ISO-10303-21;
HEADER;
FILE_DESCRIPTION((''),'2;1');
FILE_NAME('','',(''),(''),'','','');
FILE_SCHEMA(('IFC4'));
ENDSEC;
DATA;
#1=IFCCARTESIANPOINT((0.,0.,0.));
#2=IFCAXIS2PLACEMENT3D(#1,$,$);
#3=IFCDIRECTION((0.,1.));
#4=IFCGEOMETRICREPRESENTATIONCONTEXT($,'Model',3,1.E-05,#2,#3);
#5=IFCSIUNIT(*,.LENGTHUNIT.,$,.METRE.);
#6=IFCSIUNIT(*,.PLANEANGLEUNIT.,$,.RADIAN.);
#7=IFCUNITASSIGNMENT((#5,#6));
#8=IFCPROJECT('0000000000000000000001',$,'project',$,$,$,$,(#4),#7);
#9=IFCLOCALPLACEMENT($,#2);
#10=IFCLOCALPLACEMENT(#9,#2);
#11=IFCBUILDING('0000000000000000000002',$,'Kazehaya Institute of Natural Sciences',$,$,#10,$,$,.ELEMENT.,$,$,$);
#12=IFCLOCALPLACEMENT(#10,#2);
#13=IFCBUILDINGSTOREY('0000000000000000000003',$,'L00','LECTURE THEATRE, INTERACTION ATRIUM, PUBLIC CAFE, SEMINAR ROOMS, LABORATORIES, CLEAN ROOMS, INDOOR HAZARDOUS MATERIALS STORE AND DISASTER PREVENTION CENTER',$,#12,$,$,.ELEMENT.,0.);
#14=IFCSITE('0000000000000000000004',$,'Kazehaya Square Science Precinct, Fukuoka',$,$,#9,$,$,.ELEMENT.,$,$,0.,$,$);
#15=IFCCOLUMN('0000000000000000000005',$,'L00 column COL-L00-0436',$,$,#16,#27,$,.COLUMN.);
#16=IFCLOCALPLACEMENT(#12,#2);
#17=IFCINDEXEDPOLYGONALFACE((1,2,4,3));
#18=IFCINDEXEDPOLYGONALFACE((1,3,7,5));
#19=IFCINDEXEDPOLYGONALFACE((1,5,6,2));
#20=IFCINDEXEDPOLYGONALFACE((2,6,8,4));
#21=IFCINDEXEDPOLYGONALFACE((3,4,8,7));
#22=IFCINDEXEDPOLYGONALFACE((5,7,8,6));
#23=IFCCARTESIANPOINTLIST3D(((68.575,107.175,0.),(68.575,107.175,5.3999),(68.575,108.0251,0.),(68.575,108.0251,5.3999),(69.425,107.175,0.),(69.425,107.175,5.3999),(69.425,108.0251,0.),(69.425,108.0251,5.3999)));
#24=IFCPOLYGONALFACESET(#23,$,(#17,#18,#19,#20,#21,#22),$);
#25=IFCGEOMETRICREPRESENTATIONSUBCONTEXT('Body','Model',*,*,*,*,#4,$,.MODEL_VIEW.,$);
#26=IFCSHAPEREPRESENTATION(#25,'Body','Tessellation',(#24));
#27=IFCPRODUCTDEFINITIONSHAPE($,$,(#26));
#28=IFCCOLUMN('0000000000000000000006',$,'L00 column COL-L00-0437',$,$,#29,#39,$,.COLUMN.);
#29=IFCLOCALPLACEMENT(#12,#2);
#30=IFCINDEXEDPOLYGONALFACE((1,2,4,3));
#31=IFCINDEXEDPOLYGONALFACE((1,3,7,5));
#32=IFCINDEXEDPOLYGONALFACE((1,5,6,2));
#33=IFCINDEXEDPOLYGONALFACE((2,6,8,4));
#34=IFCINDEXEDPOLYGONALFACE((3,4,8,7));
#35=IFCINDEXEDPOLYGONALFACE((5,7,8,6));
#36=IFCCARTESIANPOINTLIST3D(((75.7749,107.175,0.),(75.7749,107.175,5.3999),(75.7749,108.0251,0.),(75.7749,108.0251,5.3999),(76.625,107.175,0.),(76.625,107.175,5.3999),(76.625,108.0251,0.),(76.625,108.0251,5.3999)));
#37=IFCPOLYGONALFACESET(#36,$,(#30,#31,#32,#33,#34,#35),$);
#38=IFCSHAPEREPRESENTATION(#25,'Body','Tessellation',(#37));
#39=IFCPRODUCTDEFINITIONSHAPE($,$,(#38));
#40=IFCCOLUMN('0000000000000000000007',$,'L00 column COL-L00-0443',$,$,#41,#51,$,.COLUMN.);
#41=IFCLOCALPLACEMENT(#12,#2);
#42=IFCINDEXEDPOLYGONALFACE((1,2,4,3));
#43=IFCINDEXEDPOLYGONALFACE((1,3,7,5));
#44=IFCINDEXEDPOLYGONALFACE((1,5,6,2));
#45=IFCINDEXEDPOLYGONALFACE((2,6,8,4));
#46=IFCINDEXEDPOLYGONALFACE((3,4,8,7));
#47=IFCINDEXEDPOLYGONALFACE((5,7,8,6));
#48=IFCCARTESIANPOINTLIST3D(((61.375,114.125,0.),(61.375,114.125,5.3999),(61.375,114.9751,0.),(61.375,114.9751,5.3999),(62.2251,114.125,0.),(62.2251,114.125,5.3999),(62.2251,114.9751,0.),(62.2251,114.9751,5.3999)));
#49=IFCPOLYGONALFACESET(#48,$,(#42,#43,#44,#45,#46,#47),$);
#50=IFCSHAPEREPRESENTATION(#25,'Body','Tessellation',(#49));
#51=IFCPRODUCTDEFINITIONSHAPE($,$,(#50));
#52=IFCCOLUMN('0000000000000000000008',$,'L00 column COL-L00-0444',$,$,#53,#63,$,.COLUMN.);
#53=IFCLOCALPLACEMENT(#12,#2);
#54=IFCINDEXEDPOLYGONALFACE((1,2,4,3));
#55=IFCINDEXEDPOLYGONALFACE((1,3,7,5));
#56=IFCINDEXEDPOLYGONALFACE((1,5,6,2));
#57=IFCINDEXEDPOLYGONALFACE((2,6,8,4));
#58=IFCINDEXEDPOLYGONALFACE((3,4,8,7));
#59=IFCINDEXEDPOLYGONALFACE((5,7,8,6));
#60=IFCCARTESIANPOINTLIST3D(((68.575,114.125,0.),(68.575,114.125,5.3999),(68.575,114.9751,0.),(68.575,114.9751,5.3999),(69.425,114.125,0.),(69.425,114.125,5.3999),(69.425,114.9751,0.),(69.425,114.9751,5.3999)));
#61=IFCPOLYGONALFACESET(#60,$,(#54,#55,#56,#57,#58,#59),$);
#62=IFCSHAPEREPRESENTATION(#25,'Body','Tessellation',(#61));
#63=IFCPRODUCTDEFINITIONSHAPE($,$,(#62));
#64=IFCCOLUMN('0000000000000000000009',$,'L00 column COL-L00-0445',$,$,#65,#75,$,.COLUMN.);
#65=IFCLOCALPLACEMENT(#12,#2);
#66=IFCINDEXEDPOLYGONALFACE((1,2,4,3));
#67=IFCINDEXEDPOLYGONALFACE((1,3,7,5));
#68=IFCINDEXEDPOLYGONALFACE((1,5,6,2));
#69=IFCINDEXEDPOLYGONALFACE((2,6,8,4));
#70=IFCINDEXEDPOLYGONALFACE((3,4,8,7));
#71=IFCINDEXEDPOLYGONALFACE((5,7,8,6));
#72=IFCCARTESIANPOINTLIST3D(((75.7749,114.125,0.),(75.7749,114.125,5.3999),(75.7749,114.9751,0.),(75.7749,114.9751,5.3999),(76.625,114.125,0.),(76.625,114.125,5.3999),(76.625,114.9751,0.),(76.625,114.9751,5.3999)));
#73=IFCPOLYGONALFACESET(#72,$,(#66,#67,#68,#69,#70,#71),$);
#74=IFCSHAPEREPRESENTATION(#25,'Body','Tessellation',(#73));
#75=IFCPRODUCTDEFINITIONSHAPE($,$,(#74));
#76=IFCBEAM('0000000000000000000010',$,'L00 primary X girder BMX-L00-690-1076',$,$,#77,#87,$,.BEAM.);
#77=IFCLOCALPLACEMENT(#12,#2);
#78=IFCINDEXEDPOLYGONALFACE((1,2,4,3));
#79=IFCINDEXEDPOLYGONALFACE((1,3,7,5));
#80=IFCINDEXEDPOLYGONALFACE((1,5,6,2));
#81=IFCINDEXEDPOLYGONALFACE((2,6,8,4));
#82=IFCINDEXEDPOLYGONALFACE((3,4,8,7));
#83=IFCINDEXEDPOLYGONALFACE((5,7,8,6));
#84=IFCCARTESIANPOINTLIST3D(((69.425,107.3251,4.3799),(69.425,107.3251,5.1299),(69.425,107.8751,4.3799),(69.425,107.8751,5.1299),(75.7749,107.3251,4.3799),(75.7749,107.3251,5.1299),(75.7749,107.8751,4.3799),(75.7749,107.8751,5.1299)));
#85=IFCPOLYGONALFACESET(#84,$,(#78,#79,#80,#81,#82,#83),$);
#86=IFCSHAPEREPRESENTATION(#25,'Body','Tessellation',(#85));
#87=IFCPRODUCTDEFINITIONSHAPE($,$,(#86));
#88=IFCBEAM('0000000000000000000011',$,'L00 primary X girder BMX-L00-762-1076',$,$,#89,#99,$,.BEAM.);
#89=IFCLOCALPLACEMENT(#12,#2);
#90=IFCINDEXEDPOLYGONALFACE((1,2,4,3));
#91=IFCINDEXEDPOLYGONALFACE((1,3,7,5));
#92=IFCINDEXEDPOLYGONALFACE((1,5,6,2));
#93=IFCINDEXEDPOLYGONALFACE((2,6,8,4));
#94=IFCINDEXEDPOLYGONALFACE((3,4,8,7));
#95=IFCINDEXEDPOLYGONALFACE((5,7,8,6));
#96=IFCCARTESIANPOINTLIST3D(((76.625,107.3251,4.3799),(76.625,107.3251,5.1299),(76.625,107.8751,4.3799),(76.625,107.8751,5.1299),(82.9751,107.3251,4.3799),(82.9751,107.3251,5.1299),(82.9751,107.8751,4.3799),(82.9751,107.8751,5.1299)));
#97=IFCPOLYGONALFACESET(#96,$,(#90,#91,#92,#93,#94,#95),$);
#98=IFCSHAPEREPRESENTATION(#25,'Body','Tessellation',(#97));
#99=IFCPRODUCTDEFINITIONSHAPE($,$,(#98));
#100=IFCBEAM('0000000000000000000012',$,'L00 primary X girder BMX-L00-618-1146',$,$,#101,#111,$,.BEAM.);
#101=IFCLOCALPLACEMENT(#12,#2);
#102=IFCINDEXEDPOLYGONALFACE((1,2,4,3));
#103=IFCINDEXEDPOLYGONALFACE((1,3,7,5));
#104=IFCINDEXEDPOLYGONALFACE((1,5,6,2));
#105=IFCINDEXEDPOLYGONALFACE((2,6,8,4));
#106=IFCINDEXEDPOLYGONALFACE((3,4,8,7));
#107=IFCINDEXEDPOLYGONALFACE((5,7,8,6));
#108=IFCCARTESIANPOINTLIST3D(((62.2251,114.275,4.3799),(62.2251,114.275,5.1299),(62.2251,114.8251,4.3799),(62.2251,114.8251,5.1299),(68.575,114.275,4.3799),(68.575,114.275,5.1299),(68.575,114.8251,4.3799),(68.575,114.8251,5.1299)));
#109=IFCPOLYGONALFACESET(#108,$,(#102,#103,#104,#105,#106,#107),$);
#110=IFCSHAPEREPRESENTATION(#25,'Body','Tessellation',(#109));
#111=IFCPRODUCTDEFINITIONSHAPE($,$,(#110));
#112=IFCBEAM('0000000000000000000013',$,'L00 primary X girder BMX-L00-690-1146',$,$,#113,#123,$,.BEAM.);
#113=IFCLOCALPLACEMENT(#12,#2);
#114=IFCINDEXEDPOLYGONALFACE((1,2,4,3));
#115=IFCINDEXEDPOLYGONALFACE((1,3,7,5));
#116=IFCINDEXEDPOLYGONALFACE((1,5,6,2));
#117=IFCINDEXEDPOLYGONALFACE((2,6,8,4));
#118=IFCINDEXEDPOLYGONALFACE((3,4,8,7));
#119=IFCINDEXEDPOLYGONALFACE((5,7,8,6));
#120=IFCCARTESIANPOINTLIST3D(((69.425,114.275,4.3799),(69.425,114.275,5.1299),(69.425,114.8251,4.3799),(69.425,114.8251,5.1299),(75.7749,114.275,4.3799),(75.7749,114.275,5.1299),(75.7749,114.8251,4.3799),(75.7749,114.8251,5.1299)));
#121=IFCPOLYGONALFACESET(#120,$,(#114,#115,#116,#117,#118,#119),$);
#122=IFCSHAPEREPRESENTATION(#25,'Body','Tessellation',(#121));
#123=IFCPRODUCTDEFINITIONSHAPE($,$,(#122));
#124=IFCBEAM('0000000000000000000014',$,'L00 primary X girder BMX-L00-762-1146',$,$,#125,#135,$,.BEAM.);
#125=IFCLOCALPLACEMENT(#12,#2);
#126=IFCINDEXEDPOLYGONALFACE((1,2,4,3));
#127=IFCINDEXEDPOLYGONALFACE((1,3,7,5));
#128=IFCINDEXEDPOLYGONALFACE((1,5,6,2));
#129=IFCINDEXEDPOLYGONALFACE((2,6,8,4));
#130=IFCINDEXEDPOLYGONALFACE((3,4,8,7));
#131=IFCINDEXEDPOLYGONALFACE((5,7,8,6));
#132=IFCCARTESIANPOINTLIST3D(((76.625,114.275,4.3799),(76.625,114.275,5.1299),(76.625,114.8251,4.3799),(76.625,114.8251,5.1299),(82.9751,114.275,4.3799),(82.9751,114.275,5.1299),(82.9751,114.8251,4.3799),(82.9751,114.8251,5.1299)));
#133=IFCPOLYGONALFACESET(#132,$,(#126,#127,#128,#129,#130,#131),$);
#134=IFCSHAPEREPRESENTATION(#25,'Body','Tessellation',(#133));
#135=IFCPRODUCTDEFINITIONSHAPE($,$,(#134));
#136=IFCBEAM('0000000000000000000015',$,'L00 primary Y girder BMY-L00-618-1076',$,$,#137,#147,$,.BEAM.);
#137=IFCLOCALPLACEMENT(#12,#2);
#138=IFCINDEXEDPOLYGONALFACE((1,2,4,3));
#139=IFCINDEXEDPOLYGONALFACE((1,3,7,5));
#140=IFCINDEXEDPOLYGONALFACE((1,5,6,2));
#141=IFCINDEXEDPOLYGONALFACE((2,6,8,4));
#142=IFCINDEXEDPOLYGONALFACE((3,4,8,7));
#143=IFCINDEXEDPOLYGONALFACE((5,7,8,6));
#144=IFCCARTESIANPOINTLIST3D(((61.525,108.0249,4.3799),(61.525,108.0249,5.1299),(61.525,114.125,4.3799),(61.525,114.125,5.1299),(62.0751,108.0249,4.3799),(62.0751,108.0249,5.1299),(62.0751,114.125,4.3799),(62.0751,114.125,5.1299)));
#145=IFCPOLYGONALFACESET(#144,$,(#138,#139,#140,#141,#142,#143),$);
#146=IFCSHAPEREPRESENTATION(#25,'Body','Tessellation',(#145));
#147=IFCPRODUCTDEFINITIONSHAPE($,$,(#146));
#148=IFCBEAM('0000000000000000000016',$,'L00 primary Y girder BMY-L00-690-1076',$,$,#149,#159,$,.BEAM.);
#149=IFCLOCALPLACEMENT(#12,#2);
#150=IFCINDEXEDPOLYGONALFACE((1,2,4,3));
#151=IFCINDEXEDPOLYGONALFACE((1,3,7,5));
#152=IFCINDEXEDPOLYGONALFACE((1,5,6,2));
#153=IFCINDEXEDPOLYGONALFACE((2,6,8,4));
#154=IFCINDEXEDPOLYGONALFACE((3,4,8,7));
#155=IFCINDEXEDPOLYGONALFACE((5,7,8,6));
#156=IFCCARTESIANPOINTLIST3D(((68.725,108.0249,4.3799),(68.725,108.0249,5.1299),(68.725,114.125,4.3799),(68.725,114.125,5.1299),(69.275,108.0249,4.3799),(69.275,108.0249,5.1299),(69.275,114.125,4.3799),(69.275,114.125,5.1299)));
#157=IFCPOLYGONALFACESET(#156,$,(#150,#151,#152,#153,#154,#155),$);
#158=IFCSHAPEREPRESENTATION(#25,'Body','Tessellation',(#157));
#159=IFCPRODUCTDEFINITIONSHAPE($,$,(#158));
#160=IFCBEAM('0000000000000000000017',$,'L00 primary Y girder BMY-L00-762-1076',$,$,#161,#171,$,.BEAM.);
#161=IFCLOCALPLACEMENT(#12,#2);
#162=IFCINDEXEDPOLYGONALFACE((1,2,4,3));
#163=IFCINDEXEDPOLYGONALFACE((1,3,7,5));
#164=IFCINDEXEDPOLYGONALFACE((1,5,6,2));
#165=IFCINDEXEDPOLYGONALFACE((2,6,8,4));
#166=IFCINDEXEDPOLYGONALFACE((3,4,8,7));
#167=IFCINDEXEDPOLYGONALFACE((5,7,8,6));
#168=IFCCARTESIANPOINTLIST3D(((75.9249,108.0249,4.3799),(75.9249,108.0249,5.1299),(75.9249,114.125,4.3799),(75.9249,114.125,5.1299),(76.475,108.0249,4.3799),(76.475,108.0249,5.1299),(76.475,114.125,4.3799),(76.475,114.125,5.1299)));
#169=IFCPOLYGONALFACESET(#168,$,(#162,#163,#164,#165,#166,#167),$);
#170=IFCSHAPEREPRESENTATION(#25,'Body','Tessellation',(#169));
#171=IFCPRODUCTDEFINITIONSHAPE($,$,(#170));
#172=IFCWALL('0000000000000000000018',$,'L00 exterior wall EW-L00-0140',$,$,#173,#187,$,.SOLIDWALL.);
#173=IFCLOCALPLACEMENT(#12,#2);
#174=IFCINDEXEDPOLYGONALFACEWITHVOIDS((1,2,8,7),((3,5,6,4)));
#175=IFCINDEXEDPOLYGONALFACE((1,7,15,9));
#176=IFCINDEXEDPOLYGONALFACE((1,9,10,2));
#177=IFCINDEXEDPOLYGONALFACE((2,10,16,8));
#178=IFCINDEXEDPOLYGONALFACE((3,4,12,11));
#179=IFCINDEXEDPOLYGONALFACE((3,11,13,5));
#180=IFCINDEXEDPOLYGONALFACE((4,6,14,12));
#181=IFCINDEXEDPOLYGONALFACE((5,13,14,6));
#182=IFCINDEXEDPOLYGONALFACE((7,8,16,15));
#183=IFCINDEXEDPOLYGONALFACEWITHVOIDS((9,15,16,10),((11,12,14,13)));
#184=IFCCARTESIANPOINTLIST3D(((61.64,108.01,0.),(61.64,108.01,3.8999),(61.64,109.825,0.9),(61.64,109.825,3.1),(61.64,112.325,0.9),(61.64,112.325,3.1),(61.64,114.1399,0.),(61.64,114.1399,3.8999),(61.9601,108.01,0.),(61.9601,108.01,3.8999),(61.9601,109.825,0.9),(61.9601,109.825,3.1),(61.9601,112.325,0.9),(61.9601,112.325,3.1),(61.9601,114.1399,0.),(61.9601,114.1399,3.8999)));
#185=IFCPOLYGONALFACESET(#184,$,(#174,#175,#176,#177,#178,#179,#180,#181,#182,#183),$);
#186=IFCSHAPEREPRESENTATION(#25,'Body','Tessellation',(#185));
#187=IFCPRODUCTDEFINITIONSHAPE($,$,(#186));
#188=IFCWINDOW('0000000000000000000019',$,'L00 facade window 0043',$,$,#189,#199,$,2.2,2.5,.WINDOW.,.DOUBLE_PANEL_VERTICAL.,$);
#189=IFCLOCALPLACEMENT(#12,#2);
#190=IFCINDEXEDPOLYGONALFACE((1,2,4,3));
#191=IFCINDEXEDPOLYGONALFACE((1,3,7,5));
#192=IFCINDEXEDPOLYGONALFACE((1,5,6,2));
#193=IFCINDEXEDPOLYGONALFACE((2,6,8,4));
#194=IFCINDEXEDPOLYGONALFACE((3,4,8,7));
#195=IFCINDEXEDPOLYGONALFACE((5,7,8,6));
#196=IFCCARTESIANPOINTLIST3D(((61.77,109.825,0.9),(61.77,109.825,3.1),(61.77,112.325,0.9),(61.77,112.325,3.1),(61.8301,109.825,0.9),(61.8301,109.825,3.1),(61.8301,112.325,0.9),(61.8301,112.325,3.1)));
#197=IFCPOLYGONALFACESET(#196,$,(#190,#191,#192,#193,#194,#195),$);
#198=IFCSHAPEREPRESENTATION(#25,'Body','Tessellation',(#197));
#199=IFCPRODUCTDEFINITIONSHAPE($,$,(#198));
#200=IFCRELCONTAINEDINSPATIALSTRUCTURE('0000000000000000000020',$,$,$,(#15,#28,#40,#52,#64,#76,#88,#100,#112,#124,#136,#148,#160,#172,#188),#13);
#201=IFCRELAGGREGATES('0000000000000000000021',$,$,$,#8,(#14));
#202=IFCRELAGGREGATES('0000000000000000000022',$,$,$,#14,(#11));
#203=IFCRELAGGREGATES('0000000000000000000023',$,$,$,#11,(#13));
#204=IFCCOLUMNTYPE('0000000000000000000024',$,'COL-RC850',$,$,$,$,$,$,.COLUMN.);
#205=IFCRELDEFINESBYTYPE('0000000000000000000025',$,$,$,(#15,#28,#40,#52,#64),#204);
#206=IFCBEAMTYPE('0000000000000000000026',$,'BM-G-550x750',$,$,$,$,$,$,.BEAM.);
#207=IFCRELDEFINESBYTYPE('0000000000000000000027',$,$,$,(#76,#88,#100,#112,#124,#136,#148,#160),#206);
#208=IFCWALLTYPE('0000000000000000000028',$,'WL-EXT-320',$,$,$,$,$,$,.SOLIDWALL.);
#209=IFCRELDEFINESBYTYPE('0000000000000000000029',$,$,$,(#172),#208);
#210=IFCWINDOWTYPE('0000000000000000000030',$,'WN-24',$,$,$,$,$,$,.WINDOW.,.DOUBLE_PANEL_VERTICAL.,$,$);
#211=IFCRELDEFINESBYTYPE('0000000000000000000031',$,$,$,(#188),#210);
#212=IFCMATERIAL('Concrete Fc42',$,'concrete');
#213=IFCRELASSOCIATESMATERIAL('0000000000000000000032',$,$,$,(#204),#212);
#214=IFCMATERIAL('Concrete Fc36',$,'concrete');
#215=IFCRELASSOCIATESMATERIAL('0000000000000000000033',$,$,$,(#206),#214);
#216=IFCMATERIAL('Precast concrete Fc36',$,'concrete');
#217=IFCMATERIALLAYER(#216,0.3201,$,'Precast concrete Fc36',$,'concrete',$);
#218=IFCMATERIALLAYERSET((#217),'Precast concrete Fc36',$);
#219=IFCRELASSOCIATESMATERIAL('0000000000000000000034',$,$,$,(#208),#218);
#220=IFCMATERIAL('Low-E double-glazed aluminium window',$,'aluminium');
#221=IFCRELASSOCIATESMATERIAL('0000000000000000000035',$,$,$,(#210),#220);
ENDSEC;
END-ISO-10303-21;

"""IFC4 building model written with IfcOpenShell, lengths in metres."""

from ifc_helpers import new_model, si_unit, direction, frame, frame_2d, origin, origin_2d, place, context, subcontext, project, spatial, rectangle, extrude, material, layer, layer_set, material_profile, profile_set, type_object, element, fill, save


model = new_model("IFC4")

# Units and contexts
model_context = context("Model", 3, precision=1e-05, world=origin(), true_north=direction((0.0, 1.0)))
body_context = subcontext(model_context, "Body", "Model", "MODEL_VIEW")
ifc_project = project(units=[si_unit("LENGTHUNIT", "METRE"), si_unit("PLANEANGLEUNIT", "RADIAN")], contexts=[model_context])

# Site, building, storey
site_placement = place(None, origin())
site = spatial("IfcSite", under=ifc_project, at=site_placement, Name="Kazehaya Square Science Precinct, Fukuoka", CompositionType="ELEMENT", RefElevation=0.0)
building_placement = place(site_placement, origin())
building = spatial("IfcBuilding", under=site, at=building_placement, Name="Kazehaya Institute of Natural Sciences", CompositionType="ELEMENT")
storey_placement = place(building_placement, origin())
storey = spatial("IfcBuildingStorey", under=building, at=storey_placement, Name="L00", Description="LECTURE THEATRE, INTERACTION ATRIUM, PUBLIC CAFE, SEMINAR ROOMS, LABORATORIES, CLEAN ROOMS, INDOOR HAZARDOUS MATERIALS STORE AND DISASTER PREVENTION CENTER", CompositionType="ELEMENT", Elevation=0.0)

# Columns
ifc_material_1 = material(Name="Concrete Fc42", Category="concrete")
ifc_material_profile_1 = material_profile(ifc_material_1, rectangle(XDim=0.8501, YDim=0.8501, at=origin_2d()), Name="RC-850x850")
ifc_profile_set_1 = profile_set([ifc_material_profile_1], Name="Concrete Fc42")
column_type = type_object("IfcColumnType", Name="COL-RC850", PredefinedType="COLUMN", material=ifc_profile_set_1)
for number, where, z_axis, x_axis, name in (
    (1, (69.0, 107.6001, 0.0), (0.0, 0.0, 1.0), (1.0, 0.0, 0.0), "L00 column COL-L00-0436"),
    (2, (76.2, 107.6001, 0.0), (0.0, 0.0, 1.0), (1.0, 0.0, 0.0), "L00 column COL-L00-0437"),
    (3, (61.8, 114.55, 0.0), (0.0, 0.0, 1.0), (1.0, 0.0, 0.0), "L00 column COL-L00-0443"),
    (4, (69.0, 114.55, 0.0), (0.0, 0.0, 1.0), (1.0, 0.0, 0.0), "L00 column COL-L00-0444"),
    (5, (76.2, 114.55, 0.0), (0.0, 0.0, 1.0), (1.0, 0.0, 0.0), "L00 column COL-L00-0445"),
):
    element("IfcColumn", number, at=place(storey_placement, frame(where, z_axis=z_axis, x_axis=x_axis)), inside=storey, type_object=column_type, Name=name, PredefinedType="COLUMN", context=body_context, shape_type="SweptSolid", body=[
        extrude(rectangle(XDim=0.8501, YDim=0.8501, at=origin_2d()), origin(), (0.0, 0.0, 1.0), 5.3999),
    ])

# Beams
ifc_material_2 = material(Name="Concrete Fc36", Category="concrete")
ifc_material_profile_2 = material_profile(ifc_material_2, rectangle(XDim=0.55, YDim=0.75, at=origin_2d()), Name="RC-550x750")
ifc_profile_set_2 = profile_set([ifc_material_profile_2], Name="Concrete Fc36")
beam_type = type_object("IfcBeamType", Name="BM-G-550x750", PredefinedType="BEAM", material=ifc_profile_set_2)
beam_1_placement = place(storey_placement, frame((69.425, 107.6001, 4.7549), z_axis=(1.0, 0.0, 0.0), x_axis=(0.0, 1.0, 0.0)))
element("IfcBeam", 6, at=beam_1_placement, inside=storey, type_object=beam_type, Name="L00 primary X girder BMX-L00-690-1076", PredefinedType="BEAM", context=body_context, shape_type="SweptSolid", body=[
    extrude(rectangle(XDim=0.55, YDim=0.75, at=origin_2d()), origin(), (0.0, 0.0, 1.0), 6.3499),
])
beam_2_placement = place(storey_placement, frame((76.625, 107.6001, 4.7549), z_axis=(1.0, 0.0, 0.0), x_axis=(0.0, 1.0, 0.0)))
element("IfcBeam", 7, at=beam_2_placement, inside=storey, type_object=beam_type, Name="L00 primary X girder BMX-L00-762-1076", PredefinedType="BEAM", context=body_context, shape_type="SweptSolid", body=[
    extrude(rectangle(XDim=0.55, YDim=0.75, at=origin_2d()), origin(), (0.0, 0.0, 1.0), 6.3501),
])
for number, where, z_axis, x_axis, name in (
    (8, (62.2251, 114.55, 4.7549), (1.0, 0.0, 0.0), (0.0, 1.0, 0.0), "L00 primary X girder BMX-L00-618-1146"),
    (9, (69.425, 114.55, 4.7549), (1.0, 0.0, 0.0), (0.0, 1.0, 0.0), "L00 primary X girder BMX-L00-690-1146"),
):
    element("IfcBeam", number, at=place(storey_placement, frame(where, z_axis=z_axis, x_axis=x_axis)), inside=storey, type_object=beam_type, Name=name, PredefinedType="BEAM", context=body_context, shape_type="SweptSolid", body=[
        extrude(rectangle(XDim=0.55, YDim=0.75, at=origin_2d()), origin(), (0.0, 0.0, 1.0), 6.3499),
    ])
beam_3_placement = place(storey_placement, frame((76.625, 114.55, 4.7549), z_axis=(1.0, 0.0, 0.0), x_axis=(0.0, 1.0, 0.0)))
element("IfcBeam", 10, at=beam_3_placement, inside=storey, type_object=beam_type, Name="L00 primary X girder BMX-L00-762-1146", PredefinedType="BEAM", context=body_context, shape_type="SweptSolid", body=[
    extrude(rectangle(XDim=0.55, YDim=0.75, at=origin_2d()), origin(), (0.0, 0.0, 1.0), 6.3501),
])
for number, where, z_axis, x_axis, name in (
    (11, (61.8, 108.0249, 4.7549), (0.0, 1.0, 0.0), (-1.0, 0.0, 0.0), "L00 primary Y girder BMY-L00-618-1076"),
    (12, (69.0, 108.0249, 4.7549), (0.0, 1.0, 0.0), (-1.0, 0.0, 0.0), "L00 primary Y girder BMY-L00-690-1076"),
    (13, (76.2, 108.0249, 4.7549), (0.0, 1.0, 0.0), (-1.0, 0.0, 0.0), "L00 primary Y girder BMY-L00-762-1076"),
):
    element("IfcBeam", number, at=place(storey_placement, frame(where, z_axis=z_axis, x_axis=x_axis)), inside=storey, type_object=beam_type, Name=name, PredefinedType="BEAM", context=body_context, shape_type="SweptSolid", body=[
        extrude(rectangle(XDim=0.55, YDim=0.75, at=origin_2d()), origin(), (0.0, 0.0, 1.0), 6.1001),
    ])

# Wall, opening, window
ifc_material_3 = material(Name="Precast concrete Fc36", Category="concrete")
ifc_layer = layer(ifc_material_3, 0.3201, Name="Precast concrete Fc36", Category="concrete")
ifc_layer_set = layer_set([ifc_layer], Name="Precast concrete Fc36")
wall_type = type_object("IfcWallType", Name="WL-EXT-320", PredefinedType="SOLIDWALL", material=ifc_layer_set)
wall_1_placement = place(storey_placement, frame((61.8, 108.01, 0.0), z_axis=(0.0, 0.0, 1.0), x_axis=(0.0, 1.0, 0.0)))
wall_1 = element("IfcWall", 14, at=wall_1_placement, inside=storey, type_object=wall_type, Name="L00 exterior wall EW-L00-0140", PredefinedType="SOLIDWALL", context=body_context, shape_type="SweptSolid", body=[
    extrude(rectangle(XDim=6.1299, YDim=0.3201, at=frame_2d((3.0649, 0.0))), origin(), (0.0, 0.0, 1.0), 3.8999),
])
opening_1_placement = place(wall_1_placement, frame((1.8149, 0.0, 0.8999)))
opening_1 = element("IfcOpeningElement", 15, at=opening_1_placement, cuts=wall_1, PredefinedType="OPENING", context=body_context, shape_type="SweptSolid", body=[
    extrude(rectangle(XDim=2.5, YDim=2.2, at=frame_2d((1.25, 1.1001))), frame((0.0, 0.1699, 0.0), z_axis=(0.0, -1.0, 0.0), x_axis=(1.0, 0.0, 0.0)), (0.0, 0.0, 1.0), 0.3401),
])
ifc_material_4 = material(Name="Low-E double-glazed aluminium window", Category="aluminium")
window_type_1 = type_object("IfcWindowType", Name="WN-24", PartitioningType="DOUBLE_PANEL_VERTICAL", PredefinedType="WINDOW", material=ifc_material_4)
window_1_placement = place(opening_1_placement, origin())
window_1 = element("IfcWindow", 16, at=window_1_placement, inside=storey, type_object=window_type_1, Name="L00 facade window 0043", OverallHeight=2.2, OverallWidth=2.5, PartitioningType="DOUBLE_PANEL_VERTICAL", PredefinedType="WINDOW", context=body_context, shape_type="SweptSolid", body=[
    extrude(rectangle(XDim=2.5, YDim=2.2, at=frame_2d((1.25, 1.1001))), frame((0.0, 0.03, 0.0), z_axis=(0.0, -1.0, 0.0), x_axis=(1.0, 0.0, 0.0)), (0.0, 0.0, 1.0), 0.0601),
])
fill(opening_1, window_1)

save(model, "model.ifc")
